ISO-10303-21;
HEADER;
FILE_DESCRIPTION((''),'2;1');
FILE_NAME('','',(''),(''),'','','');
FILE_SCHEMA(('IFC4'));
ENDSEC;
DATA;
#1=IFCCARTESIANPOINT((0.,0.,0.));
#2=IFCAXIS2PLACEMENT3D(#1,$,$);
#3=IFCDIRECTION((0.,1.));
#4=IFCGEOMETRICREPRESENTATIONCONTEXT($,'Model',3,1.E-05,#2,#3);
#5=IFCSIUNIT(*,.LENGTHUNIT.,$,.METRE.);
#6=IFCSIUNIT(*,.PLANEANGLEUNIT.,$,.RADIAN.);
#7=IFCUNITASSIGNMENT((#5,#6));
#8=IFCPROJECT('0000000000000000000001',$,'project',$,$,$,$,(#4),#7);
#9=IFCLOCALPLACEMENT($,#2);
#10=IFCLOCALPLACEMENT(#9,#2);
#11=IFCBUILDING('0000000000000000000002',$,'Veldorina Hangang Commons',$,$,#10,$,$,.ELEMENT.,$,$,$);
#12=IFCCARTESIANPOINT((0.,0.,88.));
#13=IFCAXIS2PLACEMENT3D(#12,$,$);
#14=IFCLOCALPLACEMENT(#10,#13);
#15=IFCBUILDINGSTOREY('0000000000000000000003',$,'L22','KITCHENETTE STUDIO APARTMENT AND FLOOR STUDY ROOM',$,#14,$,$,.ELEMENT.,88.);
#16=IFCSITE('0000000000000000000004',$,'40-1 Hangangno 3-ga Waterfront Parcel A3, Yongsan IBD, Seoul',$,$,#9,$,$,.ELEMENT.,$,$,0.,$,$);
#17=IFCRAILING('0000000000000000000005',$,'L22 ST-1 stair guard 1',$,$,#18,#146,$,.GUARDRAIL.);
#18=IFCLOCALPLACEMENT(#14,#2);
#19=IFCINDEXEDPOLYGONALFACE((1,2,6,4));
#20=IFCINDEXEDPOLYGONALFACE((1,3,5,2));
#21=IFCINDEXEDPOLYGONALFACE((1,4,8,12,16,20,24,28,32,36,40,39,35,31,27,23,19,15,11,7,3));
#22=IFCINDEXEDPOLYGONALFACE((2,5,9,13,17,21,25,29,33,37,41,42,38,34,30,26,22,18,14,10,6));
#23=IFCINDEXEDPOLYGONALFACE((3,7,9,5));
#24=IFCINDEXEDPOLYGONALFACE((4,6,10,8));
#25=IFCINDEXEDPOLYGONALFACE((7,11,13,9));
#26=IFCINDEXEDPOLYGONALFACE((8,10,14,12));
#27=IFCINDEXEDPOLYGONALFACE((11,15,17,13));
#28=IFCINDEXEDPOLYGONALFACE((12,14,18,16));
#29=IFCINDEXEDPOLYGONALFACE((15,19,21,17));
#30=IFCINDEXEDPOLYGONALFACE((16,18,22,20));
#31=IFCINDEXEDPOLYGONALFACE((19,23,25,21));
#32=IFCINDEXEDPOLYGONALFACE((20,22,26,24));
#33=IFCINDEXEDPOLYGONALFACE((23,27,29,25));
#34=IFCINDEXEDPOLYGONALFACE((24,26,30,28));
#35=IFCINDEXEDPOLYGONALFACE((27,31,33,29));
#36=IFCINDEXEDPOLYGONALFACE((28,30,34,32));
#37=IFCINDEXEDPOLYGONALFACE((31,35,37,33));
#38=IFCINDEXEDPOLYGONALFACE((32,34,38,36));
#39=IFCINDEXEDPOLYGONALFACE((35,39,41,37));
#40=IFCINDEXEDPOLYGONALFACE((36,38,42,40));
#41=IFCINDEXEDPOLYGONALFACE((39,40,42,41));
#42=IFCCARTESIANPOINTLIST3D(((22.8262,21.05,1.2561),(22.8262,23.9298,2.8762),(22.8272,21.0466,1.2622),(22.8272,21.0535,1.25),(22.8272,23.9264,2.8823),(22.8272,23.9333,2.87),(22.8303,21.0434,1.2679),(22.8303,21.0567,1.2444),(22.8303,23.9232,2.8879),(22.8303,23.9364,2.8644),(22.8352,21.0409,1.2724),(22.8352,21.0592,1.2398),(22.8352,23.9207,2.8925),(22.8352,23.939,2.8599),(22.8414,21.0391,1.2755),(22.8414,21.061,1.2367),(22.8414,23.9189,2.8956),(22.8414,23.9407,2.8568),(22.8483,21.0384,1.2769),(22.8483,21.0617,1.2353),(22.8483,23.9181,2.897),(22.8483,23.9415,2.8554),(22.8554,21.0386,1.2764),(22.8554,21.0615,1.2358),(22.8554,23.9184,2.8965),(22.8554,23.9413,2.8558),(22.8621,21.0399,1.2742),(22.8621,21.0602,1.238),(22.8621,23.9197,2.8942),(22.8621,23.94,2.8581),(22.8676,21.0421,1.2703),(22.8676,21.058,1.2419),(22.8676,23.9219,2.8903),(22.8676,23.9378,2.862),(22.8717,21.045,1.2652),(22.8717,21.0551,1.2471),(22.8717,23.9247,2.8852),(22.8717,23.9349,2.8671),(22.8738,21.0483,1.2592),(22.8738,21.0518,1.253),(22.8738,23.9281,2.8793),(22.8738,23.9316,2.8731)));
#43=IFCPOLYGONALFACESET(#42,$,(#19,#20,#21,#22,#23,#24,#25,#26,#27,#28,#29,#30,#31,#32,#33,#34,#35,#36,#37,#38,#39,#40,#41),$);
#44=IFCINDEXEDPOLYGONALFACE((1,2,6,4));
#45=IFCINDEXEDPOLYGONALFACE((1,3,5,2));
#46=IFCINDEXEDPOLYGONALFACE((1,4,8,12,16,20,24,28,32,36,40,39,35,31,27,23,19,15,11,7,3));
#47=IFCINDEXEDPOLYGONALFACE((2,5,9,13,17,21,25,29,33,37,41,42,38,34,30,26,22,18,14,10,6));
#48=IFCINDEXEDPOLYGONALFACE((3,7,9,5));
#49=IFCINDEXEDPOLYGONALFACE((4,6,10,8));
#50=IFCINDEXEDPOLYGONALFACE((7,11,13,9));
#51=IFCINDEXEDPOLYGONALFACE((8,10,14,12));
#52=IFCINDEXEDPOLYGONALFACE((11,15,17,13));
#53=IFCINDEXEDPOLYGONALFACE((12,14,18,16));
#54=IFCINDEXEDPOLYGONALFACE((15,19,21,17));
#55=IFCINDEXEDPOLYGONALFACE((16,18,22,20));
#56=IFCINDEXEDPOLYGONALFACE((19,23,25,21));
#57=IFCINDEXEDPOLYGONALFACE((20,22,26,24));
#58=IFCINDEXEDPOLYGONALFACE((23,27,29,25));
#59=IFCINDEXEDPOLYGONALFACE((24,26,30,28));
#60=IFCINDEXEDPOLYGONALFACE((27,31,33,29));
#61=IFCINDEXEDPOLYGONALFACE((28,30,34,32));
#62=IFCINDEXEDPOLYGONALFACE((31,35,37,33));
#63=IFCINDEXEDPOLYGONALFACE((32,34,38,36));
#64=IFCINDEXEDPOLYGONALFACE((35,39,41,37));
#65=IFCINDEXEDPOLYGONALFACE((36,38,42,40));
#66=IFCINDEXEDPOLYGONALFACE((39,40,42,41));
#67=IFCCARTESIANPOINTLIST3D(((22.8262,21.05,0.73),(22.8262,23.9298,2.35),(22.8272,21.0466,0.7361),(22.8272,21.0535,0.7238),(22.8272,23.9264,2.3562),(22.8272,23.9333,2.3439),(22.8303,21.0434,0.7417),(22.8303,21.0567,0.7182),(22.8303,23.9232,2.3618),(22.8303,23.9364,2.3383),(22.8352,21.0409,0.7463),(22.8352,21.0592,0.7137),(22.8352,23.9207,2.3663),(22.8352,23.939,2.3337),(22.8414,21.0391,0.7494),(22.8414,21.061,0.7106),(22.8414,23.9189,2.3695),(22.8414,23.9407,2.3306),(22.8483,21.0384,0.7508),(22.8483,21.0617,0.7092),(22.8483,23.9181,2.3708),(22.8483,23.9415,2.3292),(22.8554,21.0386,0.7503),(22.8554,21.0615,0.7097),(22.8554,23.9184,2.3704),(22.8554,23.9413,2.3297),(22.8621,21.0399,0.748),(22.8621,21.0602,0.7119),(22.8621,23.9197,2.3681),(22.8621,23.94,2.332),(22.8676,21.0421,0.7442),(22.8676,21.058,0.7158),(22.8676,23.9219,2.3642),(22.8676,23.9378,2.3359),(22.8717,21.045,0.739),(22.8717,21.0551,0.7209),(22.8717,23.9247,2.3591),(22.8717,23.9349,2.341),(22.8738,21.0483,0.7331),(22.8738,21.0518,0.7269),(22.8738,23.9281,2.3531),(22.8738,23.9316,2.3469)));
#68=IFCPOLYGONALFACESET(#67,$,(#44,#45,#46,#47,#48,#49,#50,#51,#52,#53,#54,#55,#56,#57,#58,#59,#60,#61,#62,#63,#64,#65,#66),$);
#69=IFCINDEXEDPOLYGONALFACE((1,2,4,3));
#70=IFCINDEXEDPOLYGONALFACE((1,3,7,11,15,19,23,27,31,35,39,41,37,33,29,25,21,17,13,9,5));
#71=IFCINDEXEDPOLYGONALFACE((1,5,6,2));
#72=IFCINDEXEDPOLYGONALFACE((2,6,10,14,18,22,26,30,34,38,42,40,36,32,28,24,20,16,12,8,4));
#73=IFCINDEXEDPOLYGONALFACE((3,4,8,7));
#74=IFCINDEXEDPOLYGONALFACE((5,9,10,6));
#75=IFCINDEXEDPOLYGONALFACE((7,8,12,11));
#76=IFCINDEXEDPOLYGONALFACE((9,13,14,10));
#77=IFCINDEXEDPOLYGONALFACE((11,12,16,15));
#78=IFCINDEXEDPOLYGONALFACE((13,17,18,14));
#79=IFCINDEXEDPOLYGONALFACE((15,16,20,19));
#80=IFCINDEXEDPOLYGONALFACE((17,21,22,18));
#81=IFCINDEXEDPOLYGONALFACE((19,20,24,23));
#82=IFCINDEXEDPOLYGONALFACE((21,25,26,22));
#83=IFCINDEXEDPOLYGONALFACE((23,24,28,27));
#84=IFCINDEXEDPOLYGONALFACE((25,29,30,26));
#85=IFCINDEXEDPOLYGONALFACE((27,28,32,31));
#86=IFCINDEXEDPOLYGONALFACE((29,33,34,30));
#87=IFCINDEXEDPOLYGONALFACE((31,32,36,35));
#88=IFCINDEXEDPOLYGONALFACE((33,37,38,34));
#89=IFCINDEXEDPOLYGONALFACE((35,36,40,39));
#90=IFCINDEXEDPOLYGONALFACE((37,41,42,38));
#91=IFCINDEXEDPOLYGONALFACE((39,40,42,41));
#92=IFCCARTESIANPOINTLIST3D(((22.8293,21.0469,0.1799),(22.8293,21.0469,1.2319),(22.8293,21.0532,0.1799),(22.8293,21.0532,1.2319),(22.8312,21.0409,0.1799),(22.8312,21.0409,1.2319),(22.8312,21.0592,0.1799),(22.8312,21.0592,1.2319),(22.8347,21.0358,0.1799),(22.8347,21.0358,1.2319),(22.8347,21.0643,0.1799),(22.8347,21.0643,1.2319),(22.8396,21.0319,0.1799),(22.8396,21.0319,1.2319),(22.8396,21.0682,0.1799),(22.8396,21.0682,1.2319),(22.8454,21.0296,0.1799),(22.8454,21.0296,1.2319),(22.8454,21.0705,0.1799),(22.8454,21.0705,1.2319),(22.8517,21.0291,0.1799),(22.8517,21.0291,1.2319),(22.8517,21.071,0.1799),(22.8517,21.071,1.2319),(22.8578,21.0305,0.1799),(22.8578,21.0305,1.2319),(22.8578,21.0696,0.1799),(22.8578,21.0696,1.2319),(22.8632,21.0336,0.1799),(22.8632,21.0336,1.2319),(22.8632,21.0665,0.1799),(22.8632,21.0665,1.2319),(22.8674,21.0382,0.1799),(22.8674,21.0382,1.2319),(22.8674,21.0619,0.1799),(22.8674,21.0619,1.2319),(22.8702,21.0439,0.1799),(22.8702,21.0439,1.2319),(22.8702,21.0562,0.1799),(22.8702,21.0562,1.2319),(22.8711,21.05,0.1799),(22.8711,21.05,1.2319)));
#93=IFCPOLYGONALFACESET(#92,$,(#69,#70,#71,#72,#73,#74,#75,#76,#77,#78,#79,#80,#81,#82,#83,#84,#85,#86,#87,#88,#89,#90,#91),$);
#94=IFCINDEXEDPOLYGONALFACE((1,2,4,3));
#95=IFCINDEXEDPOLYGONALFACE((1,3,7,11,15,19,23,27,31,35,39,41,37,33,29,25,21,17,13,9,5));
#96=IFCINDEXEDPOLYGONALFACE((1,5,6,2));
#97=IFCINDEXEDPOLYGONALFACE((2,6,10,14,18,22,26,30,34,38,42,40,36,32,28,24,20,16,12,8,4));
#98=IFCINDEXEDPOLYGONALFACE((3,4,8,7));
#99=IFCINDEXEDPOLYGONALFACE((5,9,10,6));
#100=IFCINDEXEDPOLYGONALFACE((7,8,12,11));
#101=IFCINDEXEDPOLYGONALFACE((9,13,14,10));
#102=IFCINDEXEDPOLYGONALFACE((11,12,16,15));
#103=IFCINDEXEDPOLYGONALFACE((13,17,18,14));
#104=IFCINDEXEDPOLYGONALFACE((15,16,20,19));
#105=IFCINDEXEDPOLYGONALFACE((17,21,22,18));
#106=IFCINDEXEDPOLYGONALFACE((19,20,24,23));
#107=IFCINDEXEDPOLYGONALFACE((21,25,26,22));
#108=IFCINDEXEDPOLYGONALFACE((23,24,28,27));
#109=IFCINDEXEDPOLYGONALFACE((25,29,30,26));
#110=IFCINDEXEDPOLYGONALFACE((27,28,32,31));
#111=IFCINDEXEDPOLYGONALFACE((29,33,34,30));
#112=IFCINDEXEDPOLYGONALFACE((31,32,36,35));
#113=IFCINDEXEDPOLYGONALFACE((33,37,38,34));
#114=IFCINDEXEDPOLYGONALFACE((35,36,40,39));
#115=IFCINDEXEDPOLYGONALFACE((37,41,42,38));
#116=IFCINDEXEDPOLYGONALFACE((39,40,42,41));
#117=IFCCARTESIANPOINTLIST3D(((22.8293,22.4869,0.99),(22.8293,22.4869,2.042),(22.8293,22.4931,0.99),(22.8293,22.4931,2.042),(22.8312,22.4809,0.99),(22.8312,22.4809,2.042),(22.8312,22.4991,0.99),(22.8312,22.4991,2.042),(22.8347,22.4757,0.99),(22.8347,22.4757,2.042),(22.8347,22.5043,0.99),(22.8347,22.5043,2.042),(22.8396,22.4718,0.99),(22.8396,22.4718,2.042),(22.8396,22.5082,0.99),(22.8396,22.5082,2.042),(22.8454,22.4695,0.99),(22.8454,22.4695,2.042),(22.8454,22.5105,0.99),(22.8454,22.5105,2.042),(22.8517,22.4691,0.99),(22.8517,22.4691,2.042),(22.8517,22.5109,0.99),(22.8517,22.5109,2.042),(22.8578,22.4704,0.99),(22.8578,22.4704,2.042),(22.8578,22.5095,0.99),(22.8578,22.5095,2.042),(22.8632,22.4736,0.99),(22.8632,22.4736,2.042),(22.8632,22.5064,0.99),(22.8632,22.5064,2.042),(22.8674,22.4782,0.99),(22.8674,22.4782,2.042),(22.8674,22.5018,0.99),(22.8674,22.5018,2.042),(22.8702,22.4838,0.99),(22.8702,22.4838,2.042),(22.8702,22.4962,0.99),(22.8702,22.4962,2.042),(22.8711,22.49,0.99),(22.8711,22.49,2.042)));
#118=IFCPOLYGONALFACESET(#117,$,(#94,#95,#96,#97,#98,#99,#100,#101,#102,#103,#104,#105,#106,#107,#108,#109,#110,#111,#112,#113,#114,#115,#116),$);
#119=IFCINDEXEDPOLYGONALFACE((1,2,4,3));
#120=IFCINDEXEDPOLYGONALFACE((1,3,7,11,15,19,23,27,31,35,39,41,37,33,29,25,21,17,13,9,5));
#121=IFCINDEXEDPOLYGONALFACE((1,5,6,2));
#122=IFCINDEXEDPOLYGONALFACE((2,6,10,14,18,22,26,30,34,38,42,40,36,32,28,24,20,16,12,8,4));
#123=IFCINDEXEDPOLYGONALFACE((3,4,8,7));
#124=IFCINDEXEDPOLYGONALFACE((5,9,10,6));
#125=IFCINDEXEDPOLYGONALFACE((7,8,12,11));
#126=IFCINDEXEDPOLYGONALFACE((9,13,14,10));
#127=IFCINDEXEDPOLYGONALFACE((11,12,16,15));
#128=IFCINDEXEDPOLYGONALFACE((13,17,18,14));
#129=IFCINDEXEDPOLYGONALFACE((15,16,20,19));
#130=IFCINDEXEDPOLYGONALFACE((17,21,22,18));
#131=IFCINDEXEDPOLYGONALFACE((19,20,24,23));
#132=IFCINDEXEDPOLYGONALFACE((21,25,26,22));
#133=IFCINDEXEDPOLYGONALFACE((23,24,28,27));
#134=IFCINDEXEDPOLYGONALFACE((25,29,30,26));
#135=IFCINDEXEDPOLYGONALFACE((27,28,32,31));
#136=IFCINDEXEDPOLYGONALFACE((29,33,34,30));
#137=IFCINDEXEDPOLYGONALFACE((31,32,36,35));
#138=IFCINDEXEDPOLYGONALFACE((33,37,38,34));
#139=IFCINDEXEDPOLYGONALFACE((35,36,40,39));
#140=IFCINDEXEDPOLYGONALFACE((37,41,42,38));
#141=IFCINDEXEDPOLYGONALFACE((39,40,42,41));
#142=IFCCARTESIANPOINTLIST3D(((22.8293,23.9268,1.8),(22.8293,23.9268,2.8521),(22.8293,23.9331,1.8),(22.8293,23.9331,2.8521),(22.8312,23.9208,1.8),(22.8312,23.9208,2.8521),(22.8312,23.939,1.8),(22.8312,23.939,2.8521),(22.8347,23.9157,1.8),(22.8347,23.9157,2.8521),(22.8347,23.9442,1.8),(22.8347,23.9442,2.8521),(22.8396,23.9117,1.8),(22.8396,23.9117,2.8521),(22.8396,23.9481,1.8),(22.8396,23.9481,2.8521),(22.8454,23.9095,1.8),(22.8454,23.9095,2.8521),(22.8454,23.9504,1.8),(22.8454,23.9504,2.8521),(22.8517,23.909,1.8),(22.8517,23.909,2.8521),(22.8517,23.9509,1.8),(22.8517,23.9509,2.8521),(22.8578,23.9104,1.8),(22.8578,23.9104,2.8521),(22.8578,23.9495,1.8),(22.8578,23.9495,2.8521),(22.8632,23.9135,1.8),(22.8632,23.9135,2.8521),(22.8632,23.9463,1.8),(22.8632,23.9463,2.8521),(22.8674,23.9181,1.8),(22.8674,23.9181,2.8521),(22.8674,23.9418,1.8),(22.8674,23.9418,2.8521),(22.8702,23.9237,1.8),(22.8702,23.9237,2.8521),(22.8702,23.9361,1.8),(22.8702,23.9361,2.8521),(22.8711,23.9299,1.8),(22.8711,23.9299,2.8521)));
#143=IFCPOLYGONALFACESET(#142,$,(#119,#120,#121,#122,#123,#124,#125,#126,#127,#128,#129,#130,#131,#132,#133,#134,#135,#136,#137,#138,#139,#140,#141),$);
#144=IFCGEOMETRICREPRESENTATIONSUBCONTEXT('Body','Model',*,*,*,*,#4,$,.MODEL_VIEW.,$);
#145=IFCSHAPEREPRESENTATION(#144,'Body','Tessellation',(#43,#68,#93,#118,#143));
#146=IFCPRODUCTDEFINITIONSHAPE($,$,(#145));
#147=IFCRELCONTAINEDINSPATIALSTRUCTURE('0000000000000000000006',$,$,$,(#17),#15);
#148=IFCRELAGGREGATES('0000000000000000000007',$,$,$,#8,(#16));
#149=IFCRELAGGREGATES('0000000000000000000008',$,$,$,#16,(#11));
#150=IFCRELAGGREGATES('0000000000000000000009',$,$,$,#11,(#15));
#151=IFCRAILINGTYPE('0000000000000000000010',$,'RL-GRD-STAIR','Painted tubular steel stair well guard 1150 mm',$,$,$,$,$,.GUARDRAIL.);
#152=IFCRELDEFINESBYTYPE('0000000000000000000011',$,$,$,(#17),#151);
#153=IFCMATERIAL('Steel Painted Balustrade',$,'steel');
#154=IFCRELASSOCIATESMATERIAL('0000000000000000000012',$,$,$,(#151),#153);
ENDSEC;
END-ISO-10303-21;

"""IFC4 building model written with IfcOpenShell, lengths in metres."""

from ifc_helpers import new_model, si_unit, direction, frame, origin, origin_2d, place, context, subcontext, project, spatial, circle, extrude, material, type_object, element, save


model = new_model("IFC4")

# Units and contexts
model_context = context("Model", 3, precision=1e-05, world=origin(), true_north=direction((0.0, 1.0)))
body_context = subcontext(model_context, "Body", "Model", "MODEL_VIEW")
ifc_project = project(units=[si_unit("LENGTHUNIT", "METRE"), si_unit("PLANEANGLEUNIT", "RADIAN")], contexts=[model_context])

# Site, building, storey
site_placement = place(None, origin())
site = spatial("IfcSite", under=ifc_project, at=site_placement, Name="40-1 Hangangno 3-ga Waterfront Parcel A3, Yongsan IBD, Seoul", CompositionType="ELEMENT", RefElevation=0.0)
building_placement = place(site_placement, origin())
building = spatial("IfcBuilding", under=site, at=building_placement, Name="Veldorina Hangang Commons", CompositionType="ELEMENT")
storey_placement = place(building_placement, frame((0.0, 0.0, 88.0)))
storey = spatial("IfcBuildingStorey", under=building, at=storey_placement, Name="L22", Description="KITCHENETTE STUDIO APARTMENT AND FLOOR STUDY ROOM", CompositionType="ELEMENT", Elevation=88.0)

# Railing
ifc_material_1 = material(Name="Steel Painted Balustrade", Category="steel")
railing_type_1 = type_object("IfcRailingType", Name="RL-GRD-STAIR", Description="Painted tubular steel stair well guard 1150 mm", PredefinedType="GUARDRAIL", material=ifc_material_1)
railing_1_placement = place(storey_placement, frame((22.8501, 21.05, 0.1799)))
element("IfcRailing", 1, at=railing_1_placement, inside=storey, type_object=railing_type_1, Name="L22 ST-1 stair guard 1", PredefinedType="GUARDRAIL", context=body_context, shape_type="SweptSolid", body=[
    extrude(circle(Radius=0.0239, at=origin_2d()), frame((0.0, 0.0, 1.0762), z_axis=(0.0, 0.871552, 0.490303), x_axis=(-1.0, 0.0, 0.0)), (0.0, 0.0, 1.0), 3.3042),
    extrude(circle(Radius=0.0239, at=origin_2d()), frame((0.0, 0.0, 0.55), z_axis=(0.0, 0.871552, 0.490303), x_axis=(-1.0, 0.0, 0.0)), (0.0, 0.0, 1.0), 3.3042),
    extrude(circle(Radius=0.021, at=origin_2d()), origin(), (0.0, 0.0, 1.0), 1.052),
    extrude(circle(Radius=0.021, at=origin_2d()), frame((0.0, 1.4399, 0.8101)), (0.0, 0.0, 1.0), 1.052),
    extrude(circle(Radius=0.021, at=origin_2d()), frame((0.0, 2.8799, 1.6201)), (0.0, 0.0, 1.0), 1.052),
])

save(model, "model.ifc")
